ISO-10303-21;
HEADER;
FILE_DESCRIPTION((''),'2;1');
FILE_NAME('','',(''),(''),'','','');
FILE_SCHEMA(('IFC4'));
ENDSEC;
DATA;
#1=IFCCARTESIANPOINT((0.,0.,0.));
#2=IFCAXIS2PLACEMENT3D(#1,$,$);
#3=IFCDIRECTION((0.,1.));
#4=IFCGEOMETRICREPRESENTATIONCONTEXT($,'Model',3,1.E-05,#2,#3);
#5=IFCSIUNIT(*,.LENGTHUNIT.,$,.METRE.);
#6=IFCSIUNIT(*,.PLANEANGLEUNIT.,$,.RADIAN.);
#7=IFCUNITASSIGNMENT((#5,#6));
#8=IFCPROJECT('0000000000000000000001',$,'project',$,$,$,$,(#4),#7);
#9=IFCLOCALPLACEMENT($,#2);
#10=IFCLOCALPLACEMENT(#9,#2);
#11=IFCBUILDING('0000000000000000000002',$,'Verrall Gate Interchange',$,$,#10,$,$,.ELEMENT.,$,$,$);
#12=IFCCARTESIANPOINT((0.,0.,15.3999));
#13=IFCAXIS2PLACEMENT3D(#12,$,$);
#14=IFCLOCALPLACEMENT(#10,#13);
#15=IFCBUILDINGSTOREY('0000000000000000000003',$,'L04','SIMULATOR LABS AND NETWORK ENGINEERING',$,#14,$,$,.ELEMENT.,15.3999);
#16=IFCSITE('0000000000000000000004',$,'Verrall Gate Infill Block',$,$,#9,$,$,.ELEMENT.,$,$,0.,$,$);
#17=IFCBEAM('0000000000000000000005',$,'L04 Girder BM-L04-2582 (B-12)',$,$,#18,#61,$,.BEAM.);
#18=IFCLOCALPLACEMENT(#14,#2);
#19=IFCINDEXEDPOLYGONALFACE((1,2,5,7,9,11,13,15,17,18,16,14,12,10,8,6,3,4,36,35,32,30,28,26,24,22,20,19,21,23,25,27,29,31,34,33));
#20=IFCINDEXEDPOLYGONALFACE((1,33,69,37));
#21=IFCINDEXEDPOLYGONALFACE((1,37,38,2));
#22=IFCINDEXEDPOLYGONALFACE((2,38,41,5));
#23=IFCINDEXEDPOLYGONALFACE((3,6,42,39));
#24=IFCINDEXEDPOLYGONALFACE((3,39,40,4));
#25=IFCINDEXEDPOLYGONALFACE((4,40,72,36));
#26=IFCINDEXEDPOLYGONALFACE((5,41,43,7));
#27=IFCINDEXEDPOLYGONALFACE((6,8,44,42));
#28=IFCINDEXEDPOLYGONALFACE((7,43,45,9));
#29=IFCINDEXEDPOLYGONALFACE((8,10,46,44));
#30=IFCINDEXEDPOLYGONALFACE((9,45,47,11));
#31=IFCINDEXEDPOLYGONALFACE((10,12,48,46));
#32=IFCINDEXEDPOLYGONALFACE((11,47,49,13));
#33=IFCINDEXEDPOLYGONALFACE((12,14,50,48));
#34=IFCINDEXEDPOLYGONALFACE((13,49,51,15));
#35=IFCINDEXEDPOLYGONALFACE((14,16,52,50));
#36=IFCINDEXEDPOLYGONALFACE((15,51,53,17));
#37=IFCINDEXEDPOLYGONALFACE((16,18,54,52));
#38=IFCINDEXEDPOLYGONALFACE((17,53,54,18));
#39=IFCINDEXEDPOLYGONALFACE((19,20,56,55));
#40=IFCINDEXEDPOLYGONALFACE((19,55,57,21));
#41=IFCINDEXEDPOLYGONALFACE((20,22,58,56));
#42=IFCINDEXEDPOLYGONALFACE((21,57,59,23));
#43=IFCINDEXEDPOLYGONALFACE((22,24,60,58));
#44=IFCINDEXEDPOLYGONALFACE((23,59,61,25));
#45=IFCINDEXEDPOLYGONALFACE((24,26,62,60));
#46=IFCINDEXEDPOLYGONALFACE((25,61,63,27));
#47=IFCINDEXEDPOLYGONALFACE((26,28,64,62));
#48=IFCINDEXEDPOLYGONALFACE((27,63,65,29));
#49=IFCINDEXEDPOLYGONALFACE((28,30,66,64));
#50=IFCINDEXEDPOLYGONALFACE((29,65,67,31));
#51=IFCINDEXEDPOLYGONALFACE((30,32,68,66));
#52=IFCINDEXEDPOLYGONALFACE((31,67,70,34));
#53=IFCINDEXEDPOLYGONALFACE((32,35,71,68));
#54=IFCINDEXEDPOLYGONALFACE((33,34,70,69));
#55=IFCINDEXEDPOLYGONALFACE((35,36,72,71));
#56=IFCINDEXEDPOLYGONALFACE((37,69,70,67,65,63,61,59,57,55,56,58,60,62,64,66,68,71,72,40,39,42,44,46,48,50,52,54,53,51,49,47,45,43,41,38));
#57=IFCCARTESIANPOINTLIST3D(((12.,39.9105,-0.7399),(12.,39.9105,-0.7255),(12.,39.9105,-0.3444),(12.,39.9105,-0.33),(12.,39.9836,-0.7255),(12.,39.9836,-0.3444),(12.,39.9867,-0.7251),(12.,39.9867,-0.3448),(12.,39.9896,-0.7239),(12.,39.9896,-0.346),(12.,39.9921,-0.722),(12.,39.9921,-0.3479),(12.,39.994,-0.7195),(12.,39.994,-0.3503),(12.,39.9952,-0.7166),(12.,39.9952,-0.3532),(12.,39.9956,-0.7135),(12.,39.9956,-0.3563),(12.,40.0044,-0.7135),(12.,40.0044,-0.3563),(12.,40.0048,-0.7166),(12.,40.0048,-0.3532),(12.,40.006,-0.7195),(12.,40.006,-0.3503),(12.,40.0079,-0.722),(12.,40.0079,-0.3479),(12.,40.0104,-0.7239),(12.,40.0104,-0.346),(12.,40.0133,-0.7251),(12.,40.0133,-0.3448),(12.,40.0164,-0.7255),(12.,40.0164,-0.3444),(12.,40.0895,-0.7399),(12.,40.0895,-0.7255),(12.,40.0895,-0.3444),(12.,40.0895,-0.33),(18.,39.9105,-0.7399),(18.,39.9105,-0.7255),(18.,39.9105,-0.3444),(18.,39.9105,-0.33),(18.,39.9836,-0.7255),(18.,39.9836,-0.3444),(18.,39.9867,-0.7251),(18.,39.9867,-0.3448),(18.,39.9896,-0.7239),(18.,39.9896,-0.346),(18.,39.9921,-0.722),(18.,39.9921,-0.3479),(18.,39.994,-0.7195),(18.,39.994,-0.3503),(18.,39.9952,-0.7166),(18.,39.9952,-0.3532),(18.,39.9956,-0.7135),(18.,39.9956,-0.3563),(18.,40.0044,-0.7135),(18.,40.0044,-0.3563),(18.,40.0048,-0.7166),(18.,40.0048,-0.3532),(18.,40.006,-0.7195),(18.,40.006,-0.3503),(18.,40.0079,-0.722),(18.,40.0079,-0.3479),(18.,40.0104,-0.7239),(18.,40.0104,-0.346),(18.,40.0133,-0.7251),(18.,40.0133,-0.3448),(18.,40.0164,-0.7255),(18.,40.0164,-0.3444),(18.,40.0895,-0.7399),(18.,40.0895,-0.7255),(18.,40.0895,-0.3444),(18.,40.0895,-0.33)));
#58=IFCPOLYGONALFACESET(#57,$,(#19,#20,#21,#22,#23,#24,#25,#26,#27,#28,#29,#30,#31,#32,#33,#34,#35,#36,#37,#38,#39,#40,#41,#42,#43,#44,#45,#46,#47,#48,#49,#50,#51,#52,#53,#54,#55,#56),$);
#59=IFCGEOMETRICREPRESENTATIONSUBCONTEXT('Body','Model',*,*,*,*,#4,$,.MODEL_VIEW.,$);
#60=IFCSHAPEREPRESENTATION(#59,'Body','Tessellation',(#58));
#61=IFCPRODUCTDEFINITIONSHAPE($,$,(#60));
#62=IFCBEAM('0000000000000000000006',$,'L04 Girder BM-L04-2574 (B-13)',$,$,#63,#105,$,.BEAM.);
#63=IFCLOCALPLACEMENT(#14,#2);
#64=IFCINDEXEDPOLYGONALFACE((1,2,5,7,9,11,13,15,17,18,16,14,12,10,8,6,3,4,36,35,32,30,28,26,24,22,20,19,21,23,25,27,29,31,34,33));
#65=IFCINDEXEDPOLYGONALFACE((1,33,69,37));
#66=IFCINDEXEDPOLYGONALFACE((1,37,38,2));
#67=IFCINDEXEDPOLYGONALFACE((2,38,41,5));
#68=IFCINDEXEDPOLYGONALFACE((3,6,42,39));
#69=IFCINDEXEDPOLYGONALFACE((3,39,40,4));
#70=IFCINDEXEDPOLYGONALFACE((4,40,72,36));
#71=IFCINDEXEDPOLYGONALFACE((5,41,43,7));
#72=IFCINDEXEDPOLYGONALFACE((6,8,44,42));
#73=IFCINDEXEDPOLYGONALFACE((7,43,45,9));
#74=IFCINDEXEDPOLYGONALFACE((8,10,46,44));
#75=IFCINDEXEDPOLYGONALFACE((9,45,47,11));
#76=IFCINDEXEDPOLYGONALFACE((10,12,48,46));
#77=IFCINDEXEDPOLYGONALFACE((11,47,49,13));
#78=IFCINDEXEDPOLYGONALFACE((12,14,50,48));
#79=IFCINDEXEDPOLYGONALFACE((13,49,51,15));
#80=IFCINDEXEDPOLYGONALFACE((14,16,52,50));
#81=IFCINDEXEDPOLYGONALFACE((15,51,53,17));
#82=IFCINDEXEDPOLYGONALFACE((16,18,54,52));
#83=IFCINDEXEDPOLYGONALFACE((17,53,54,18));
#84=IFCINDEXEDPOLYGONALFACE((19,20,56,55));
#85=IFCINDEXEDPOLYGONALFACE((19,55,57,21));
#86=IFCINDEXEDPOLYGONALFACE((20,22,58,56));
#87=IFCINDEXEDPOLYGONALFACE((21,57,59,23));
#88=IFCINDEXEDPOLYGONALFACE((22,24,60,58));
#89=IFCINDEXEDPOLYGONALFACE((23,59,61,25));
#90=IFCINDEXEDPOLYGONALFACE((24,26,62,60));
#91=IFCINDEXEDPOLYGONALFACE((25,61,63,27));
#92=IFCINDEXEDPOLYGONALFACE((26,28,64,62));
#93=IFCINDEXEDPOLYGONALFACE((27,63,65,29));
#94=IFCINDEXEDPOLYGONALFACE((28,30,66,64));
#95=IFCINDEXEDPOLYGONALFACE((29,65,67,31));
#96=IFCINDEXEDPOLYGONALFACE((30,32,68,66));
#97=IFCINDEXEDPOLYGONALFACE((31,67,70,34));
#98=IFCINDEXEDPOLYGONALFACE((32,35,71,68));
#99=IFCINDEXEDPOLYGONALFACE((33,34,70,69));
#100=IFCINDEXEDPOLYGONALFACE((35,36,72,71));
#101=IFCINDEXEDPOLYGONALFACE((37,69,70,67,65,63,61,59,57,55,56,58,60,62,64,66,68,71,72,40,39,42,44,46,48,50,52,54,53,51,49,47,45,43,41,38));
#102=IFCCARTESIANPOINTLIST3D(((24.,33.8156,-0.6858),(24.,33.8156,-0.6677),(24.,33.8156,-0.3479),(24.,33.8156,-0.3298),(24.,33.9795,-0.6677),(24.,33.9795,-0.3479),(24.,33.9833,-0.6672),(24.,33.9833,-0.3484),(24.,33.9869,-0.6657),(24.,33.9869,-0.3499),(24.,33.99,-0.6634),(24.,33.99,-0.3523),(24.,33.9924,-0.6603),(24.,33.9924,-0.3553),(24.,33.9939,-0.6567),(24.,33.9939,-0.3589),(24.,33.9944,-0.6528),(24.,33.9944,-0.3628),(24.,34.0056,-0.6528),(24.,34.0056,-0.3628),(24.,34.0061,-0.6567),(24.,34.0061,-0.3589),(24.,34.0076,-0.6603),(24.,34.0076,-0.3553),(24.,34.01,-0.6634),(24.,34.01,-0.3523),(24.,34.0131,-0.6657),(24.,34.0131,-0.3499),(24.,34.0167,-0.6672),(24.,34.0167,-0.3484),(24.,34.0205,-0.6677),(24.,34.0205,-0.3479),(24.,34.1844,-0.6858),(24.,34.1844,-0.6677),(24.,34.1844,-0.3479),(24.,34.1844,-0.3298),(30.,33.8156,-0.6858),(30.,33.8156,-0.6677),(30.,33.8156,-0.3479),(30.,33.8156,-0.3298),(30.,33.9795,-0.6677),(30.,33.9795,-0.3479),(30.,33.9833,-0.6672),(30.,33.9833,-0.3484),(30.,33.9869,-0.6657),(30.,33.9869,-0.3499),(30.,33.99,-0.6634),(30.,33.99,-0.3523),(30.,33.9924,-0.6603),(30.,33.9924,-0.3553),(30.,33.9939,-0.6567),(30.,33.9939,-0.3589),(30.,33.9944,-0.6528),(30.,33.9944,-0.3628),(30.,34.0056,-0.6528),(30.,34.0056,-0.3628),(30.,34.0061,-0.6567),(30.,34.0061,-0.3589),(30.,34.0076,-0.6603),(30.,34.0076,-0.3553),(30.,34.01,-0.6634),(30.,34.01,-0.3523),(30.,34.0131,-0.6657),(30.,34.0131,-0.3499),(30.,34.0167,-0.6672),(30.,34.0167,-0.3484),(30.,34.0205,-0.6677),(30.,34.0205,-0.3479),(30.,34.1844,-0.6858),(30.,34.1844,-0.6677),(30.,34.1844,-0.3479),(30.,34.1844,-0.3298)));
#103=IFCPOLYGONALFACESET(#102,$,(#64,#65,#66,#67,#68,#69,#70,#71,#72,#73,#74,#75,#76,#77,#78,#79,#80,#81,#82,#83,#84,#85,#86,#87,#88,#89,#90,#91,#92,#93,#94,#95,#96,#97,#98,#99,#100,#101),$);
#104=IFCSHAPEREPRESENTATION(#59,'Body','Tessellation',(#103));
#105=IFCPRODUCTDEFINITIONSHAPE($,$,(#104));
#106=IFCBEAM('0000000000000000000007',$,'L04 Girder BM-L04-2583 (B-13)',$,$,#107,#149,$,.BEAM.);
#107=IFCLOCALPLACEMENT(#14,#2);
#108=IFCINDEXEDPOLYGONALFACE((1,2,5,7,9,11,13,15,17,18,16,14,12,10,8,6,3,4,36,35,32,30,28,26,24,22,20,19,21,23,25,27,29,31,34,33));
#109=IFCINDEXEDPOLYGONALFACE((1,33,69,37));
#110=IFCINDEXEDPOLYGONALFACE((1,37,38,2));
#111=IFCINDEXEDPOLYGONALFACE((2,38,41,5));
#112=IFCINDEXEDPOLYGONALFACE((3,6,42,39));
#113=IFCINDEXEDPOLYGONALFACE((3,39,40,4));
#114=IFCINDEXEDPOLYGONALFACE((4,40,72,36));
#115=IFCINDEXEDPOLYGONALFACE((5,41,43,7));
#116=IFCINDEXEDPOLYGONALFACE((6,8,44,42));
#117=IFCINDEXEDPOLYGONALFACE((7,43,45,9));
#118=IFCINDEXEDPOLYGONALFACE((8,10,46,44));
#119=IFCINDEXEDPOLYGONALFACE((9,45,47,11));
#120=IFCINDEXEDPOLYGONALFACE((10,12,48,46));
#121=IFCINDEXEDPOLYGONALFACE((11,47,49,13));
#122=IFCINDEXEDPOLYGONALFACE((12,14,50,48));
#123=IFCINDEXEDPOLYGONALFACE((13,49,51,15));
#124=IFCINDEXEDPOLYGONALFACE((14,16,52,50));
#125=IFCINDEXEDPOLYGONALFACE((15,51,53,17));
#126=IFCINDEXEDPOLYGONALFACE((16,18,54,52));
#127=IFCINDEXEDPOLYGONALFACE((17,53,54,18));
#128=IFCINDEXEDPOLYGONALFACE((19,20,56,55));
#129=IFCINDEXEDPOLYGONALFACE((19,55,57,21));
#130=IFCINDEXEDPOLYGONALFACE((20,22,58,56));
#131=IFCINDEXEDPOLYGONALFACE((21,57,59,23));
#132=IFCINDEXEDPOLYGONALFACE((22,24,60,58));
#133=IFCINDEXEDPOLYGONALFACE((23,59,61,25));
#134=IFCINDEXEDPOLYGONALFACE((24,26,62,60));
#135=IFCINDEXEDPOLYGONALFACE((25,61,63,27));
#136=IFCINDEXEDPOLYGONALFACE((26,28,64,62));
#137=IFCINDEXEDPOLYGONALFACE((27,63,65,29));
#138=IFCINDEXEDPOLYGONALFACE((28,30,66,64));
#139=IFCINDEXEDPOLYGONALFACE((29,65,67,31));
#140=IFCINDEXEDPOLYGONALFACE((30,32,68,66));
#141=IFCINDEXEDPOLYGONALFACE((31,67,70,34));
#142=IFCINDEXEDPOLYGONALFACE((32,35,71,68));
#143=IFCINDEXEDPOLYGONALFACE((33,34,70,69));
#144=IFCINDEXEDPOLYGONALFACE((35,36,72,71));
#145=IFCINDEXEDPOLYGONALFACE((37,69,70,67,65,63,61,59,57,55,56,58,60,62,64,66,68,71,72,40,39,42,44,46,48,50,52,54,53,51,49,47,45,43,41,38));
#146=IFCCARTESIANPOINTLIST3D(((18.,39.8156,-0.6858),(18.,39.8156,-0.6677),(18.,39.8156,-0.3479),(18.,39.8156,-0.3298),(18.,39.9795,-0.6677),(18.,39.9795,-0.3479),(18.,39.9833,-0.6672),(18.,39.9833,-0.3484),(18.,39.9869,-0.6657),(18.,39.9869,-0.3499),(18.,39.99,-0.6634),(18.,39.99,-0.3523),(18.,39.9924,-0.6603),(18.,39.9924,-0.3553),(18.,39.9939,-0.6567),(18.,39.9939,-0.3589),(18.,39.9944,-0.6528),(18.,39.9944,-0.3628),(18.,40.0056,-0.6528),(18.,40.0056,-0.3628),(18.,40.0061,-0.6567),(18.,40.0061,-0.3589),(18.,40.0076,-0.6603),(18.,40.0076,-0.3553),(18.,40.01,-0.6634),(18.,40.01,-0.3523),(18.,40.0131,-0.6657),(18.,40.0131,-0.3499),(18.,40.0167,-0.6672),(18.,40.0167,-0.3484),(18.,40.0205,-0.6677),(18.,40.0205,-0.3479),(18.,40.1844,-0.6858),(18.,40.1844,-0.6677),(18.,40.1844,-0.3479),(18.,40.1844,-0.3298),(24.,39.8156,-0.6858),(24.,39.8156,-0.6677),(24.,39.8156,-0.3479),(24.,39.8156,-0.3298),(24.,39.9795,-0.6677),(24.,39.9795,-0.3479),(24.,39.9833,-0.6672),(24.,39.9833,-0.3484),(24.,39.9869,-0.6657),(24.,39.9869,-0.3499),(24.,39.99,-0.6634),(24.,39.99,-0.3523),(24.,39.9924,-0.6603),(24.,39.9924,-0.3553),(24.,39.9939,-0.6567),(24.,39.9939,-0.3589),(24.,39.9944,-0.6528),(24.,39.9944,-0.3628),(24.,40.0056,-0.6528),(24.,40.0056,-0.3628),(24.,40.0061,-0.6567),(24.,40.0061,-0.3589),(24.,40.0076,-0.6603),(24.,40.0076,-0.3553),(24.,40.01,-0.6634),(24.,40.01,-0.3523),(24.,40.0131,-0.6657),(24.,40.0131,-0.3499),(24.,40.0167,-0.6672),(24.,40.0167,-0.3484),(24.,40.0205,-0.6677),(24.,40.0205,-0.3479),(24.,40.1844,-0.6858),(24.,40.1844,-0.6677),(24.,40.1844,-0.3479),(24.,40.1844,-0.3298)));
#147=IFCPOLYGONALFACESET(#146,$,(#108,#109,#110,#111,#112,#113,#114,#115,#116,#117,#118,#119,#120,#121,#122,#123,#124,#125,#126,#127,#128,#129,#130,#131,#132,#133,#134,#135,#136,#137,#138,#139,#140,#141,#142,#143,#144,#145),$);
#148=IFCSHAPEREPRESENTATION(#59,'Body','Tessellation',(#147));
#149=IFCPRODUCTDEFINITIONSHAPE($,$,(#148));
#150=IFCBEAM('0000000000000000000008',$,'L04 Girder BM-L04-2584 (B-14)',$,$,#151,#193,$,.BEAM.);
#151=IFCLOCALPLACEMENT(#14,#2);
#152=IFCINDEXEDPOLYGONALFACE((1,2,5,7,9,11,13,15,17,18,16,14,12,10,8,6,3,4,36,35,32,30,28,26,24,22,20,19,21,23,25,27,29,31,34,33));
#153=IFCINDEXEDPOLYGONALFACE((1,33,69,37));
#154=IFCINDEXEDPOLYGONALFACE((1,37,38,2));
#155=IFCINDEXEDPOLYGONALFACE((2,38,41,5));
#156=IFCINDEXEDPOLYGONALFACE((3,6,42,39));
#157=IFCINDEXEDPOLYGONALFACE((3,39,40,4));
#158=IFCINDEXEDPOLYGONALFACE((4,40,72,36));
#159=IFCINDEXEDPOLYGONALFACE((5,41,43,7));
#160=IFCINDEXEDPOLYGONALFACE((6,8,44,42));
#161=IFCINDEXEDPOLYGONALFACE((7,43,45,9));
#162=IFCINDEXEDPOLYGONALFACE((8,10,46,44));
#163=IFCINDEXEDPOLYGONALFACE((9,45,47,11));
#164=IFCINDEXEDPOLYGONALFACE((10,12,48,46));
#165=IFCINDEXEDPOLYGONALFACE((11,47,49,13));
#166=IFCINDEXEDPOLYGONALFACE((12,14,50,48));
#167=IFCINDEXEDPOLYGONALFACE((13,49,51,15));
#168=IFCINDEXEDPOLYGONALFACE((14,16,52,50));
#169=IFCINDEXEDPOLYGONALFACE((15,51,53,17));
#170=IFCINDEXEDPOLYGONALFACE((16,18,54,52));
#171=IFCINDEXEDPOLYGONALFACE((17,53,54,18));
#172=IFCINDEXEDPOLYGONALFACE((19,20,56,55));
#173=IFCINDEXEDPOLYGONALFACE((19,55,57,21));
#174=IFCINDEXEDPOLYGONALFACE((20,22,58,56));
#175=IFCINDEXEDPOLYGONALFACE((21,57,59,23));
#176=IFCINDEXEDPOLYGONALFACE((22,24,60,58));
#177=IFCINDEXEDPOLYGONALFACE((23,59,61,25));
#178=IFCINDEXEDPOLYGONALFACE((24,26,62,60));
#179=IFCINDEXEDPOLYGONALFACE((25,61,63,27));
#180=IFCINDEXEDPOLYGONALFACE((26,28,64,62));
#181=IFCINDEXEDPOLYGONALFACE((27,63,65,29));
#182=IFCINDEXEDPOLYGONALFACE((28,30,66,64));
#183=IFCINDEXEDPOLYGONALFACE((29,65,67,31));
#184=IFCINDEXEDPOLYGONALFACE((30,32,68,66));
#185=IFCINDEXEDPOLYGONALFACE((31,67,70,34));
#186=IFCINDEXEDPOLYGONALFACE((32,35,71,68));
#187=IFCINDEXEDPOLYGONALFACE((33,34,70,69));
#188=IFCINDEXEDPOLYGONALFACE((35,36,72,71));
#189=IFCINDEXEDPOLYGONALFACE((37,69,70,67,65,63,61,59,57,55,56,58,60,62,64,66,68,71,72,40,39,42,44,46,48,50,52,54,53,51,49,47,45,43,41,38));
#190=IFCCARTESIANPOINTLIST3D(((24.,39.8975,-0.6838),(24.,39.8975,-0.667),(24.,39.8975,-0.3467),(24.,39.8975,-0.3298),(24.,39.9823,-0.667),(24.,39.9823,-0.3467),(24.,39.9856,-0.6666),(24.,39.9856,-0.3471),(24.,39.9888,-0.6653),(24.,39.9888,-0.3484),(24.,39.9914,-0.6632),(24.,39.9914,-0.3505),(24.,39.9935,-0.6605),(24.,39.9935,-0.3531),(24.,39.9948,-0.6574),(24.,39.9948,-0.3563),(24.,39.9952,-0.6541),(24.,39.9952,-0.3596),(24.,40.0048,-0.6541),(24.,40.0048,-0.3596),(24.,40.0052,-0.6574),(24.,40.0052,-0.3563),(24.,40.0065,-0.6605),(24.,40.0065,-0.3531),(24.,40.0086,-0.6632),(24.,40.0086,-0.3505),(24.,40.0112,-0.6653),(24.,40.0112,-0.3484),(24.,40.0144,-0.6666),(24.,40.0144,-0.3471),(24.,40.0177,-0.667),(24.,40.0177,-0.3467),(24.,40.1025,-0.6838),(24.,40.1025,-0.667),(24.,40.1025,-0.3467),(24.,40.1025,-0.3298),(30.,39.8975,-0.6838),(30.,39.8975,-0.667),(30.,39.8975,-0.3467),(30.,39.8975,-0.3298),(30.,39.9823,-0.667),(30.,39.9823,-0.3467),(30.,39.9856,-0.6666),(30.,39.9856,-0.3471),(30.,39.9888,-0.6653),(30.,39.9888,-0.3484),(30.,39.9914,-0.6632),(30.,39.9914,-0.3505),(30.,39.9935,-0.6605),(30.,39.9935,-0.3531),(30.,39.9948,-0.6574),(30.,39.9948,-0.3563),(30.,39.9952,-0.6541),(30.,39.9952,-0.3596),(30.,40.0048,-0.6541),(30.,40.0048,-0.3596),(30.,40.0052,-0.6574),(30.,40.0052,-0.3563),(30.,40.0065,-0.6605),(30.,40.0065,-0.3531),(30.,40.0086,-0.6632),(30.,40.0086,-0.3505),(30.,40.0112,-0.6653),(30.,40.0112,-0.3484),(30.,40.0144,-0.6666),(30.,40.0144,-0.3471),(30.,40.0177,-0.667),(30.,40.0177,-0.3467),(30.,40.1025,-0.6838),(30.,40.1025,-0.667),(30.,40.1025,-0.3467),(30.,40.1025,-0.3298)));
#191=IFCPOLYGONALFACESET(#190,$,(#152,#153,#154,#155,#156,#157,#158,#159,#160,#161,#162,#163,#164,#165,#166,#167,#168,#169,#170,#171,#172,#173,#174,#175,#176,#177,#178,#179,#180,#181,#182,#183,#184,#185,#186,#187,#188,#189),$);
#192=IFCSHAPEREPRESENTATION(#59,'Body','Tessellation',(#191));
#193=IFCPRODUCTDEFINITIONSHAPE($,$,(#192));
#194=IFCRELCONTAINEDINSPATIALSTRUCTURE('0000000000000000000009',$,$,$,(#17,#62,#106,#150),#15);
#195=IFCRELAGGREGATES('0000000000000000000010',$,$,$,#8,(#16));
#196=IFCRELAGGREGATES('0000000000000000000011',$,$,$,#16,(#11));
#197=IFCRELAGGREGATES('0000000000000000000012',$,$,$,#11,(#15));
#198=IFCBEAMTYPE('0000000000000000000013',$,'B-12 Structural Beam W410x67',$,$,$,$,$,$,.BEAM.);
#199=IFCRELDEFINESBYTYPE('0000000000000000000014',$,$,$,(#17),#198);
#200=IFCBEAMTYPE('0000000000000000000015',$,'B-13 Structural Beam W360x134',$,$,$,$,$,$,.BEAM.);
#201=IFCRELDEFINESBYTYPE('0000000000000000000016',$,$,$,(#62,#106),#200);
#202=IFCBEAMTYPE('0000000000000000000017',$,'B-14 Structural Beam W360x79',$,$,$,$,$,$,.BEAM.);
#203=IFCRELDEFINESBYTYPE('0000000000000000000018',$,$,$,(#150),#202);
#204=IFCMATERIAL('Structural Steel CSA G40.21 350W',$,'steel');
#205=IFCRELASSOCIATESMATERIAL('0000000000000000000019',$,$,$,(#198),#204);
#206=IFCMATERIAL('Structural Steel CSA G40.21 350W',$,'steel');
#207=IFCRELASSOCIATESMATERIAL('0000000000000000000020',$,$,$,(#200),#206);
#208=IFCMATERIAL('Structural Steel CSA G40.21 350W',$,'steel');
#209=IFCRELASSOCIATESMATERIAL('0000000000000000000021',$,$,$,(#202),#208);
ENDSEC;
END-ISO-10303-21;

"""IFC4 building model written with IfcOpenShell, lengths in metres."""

from ifc_helpers import new_model, si_unit, direction, frame, origin, origin_2d, place, context, subcontext, project, spatial, i_section, extrude, material, material_profile, profile_set, type_object, element, save


model = new_model("IFC4")

# Units and contexts
model_context = context("Model", 3, precision=1e-05, world=origin(), true_north=direction((0.0, 1.0)))
body_context = subcontext(model_context, "Body", "Model", "MODEL_VIEW")
ifc_project = project(units=[si_unit("LENGTHUNIT", "METRE"), si_unit("PLANEANGLEUNIT", "RADIAN")], contexts=[model_context])

# Site, building, storey
site_placement = place(None, origin())
site = spatial("IfcSite", under=ifc_project, at=site_placement, Name="Verrall Gate Infill Block", CompositionType="ELEMENT", RefElevation=0.0)
building_placement = place(site_placement, origin())
building = spatial("IfcBuilding", under=site, at=building_placement, Name="Verrall Gate Interchange", CompositionType="ELEMENT")
storey_placement = place(building_placement, frame((0.0, 0.0, 15.3999)))
storey = spatial("IfcBuildingStorey", under=building, at=storey_placement, Name="L04", Description="SIMULATOR LABS AND NETWORK ENGINEERING", CompositionType="ELEMENT", Elevation=15.3999)

# Beams
ifc_material_1 = material(Name="Structural Steel CSA G40.21 350W", Category="steel")
ifc_material_profile_1 = material_profile(ifc_material_1, i_section(OverallWidth=0.179, OverallDepth=0.4099, WebThickness=0.0088, FlangeThickness=0.0144, FilletRadius=0.012, at=origin_2d()), Name="W410x67")
ifc_profile_set_1 = profile_set([ifc_material_profile_1], Name="Structural Steel CSA G40.21 350W")
beam_type_1 = type_object("IfcBeamType", Name="B-12 Structural Beam W410x67", PredefinedType="BEAM", material=ifc_profile_set_1)
for number, where, z_axis, x_axis, name in (
    (1, (12.0, 40.0, -0.5349), (1.0, 0.0, 0.0), (0.0, 1.0, 0.0), "L04 Girder BM-L04-2582 (B-12)"),
):
    element("IfcBeam", number, at=place(storey_placement, frame(where, z_axis=z_axis, x_axis=x_axis)), inside=storey, type_object=beam_type_1, Name=name, PredefinedType="BEAM", context=body_context, shape_type="SweptSolid", body=[
        extrude(i_section(OverallWidth=0.179, OverallDepth=0.4099, WebThickness=0.0088, FlangeThickness=0.0144, FilletRadius=0.012, at=origin_2d()), origin(), (0.0, 0.0, 1.0), 6.0),
    ])
ifc_material_2 = material(Name="Structural Steel CSA G40.21 350W", Category="steel")
ifc_material_profile_2 = material_profile(ifc_material_2, i_section(OverallWidth=0.3689, OverallDepth=0.356, WebThickness=0.0112, FlangeThickness=0.0181, FilletRadius=0.0149, at=origin_2d()), Name="W360x134")
ifc_profile_set_2 = profile_set([ifc_material_profile_2], Name="Structural Steel CSA G40.21 350W")
beam_type_2 = type_object("IfcBeamType", Name="B-13 Structural Beam W360x134", PredefinedType="BEAM", material=ifc_profile_set_2)
for number, where, z_axis, x_axis, name in (
    (2, (24.0, 34.0, -0.5078), (1.0, 0.0, 0.0), (0.0, 1.0, 0.0), "L04 Girder BM-L04-2574 (B-13)"),
    (3, (18.0, 40.0, -0.5078), (1.0, 0.0, 0.0), (0.0, 1.0, 0.0), "L04 Girder BM-L04-2583 (B-13)"),
):
    element("IfcBeam", number, at=place(storey_placement, frame(where, z_axis=z_axis, x_axis=x_axis)), inside=storey, type_object=beam_type_2, Name=name, PredefinedType="BEAM", context=body_context, shape_type="SweptSolid", body=[
        extrude(i_section(OverallWidth=0.3689, OverallDepth=0.356, WebThickness=0.0112, FlangeThickness=0.0181, FilletRadius=0.0149, at=origin_2d()), origin(), (0.0, 0.0, 1.0), 6.0),
    ])
ifc_material_3 = material(Name="Structural Steel CSA G40.21 350W", Category="steel")
ifc_material_profile_3 = material_profile(ifc_material_3, i_section(OverallWidth=0.2051, OverallDepth=0.354, WebThickness=0.0095, FlangeThickness=0.0168, FilletRadius=0.0129, at=origin_2d()), Name="W360x79")
ifc_profile_set_3 = profile_set([ifc_material_profile_3], Name="Structural Steel CSA G40.21 350W")
beam_type_3 = type_object("IfcBeamType", Name="B-14 Structural Beam W360x79", PredefinedType="BEAM", material=ifc_profile_set_3)
beam_1_placement = place(storey_placement, frame((24.0, 40.0, -0.5068), z_axis=(1.0, 0.0, 0.0), x_axis=(0.0, 1.0, 0.0)))
element("IfcBeam", 4, at=beam_1_placement, inside=storey, type_object=beam_type_3, Name="L04 Girder BM-L04-2584 (B-14)", PredefinedType="BEAM", context=body_context, shape_type="SweptSolid", body=[
    extrude(i_section(OverallWidth=0.2051, OverallDepth=0.354, WebThickness=0.0095, FlangeThickness=0.0168, FilletRadius=0.0129, at=origin_2d()), origin(), (0.0, 0.0, 1.0), 6.0),
])

save(model, "model.ifc")
